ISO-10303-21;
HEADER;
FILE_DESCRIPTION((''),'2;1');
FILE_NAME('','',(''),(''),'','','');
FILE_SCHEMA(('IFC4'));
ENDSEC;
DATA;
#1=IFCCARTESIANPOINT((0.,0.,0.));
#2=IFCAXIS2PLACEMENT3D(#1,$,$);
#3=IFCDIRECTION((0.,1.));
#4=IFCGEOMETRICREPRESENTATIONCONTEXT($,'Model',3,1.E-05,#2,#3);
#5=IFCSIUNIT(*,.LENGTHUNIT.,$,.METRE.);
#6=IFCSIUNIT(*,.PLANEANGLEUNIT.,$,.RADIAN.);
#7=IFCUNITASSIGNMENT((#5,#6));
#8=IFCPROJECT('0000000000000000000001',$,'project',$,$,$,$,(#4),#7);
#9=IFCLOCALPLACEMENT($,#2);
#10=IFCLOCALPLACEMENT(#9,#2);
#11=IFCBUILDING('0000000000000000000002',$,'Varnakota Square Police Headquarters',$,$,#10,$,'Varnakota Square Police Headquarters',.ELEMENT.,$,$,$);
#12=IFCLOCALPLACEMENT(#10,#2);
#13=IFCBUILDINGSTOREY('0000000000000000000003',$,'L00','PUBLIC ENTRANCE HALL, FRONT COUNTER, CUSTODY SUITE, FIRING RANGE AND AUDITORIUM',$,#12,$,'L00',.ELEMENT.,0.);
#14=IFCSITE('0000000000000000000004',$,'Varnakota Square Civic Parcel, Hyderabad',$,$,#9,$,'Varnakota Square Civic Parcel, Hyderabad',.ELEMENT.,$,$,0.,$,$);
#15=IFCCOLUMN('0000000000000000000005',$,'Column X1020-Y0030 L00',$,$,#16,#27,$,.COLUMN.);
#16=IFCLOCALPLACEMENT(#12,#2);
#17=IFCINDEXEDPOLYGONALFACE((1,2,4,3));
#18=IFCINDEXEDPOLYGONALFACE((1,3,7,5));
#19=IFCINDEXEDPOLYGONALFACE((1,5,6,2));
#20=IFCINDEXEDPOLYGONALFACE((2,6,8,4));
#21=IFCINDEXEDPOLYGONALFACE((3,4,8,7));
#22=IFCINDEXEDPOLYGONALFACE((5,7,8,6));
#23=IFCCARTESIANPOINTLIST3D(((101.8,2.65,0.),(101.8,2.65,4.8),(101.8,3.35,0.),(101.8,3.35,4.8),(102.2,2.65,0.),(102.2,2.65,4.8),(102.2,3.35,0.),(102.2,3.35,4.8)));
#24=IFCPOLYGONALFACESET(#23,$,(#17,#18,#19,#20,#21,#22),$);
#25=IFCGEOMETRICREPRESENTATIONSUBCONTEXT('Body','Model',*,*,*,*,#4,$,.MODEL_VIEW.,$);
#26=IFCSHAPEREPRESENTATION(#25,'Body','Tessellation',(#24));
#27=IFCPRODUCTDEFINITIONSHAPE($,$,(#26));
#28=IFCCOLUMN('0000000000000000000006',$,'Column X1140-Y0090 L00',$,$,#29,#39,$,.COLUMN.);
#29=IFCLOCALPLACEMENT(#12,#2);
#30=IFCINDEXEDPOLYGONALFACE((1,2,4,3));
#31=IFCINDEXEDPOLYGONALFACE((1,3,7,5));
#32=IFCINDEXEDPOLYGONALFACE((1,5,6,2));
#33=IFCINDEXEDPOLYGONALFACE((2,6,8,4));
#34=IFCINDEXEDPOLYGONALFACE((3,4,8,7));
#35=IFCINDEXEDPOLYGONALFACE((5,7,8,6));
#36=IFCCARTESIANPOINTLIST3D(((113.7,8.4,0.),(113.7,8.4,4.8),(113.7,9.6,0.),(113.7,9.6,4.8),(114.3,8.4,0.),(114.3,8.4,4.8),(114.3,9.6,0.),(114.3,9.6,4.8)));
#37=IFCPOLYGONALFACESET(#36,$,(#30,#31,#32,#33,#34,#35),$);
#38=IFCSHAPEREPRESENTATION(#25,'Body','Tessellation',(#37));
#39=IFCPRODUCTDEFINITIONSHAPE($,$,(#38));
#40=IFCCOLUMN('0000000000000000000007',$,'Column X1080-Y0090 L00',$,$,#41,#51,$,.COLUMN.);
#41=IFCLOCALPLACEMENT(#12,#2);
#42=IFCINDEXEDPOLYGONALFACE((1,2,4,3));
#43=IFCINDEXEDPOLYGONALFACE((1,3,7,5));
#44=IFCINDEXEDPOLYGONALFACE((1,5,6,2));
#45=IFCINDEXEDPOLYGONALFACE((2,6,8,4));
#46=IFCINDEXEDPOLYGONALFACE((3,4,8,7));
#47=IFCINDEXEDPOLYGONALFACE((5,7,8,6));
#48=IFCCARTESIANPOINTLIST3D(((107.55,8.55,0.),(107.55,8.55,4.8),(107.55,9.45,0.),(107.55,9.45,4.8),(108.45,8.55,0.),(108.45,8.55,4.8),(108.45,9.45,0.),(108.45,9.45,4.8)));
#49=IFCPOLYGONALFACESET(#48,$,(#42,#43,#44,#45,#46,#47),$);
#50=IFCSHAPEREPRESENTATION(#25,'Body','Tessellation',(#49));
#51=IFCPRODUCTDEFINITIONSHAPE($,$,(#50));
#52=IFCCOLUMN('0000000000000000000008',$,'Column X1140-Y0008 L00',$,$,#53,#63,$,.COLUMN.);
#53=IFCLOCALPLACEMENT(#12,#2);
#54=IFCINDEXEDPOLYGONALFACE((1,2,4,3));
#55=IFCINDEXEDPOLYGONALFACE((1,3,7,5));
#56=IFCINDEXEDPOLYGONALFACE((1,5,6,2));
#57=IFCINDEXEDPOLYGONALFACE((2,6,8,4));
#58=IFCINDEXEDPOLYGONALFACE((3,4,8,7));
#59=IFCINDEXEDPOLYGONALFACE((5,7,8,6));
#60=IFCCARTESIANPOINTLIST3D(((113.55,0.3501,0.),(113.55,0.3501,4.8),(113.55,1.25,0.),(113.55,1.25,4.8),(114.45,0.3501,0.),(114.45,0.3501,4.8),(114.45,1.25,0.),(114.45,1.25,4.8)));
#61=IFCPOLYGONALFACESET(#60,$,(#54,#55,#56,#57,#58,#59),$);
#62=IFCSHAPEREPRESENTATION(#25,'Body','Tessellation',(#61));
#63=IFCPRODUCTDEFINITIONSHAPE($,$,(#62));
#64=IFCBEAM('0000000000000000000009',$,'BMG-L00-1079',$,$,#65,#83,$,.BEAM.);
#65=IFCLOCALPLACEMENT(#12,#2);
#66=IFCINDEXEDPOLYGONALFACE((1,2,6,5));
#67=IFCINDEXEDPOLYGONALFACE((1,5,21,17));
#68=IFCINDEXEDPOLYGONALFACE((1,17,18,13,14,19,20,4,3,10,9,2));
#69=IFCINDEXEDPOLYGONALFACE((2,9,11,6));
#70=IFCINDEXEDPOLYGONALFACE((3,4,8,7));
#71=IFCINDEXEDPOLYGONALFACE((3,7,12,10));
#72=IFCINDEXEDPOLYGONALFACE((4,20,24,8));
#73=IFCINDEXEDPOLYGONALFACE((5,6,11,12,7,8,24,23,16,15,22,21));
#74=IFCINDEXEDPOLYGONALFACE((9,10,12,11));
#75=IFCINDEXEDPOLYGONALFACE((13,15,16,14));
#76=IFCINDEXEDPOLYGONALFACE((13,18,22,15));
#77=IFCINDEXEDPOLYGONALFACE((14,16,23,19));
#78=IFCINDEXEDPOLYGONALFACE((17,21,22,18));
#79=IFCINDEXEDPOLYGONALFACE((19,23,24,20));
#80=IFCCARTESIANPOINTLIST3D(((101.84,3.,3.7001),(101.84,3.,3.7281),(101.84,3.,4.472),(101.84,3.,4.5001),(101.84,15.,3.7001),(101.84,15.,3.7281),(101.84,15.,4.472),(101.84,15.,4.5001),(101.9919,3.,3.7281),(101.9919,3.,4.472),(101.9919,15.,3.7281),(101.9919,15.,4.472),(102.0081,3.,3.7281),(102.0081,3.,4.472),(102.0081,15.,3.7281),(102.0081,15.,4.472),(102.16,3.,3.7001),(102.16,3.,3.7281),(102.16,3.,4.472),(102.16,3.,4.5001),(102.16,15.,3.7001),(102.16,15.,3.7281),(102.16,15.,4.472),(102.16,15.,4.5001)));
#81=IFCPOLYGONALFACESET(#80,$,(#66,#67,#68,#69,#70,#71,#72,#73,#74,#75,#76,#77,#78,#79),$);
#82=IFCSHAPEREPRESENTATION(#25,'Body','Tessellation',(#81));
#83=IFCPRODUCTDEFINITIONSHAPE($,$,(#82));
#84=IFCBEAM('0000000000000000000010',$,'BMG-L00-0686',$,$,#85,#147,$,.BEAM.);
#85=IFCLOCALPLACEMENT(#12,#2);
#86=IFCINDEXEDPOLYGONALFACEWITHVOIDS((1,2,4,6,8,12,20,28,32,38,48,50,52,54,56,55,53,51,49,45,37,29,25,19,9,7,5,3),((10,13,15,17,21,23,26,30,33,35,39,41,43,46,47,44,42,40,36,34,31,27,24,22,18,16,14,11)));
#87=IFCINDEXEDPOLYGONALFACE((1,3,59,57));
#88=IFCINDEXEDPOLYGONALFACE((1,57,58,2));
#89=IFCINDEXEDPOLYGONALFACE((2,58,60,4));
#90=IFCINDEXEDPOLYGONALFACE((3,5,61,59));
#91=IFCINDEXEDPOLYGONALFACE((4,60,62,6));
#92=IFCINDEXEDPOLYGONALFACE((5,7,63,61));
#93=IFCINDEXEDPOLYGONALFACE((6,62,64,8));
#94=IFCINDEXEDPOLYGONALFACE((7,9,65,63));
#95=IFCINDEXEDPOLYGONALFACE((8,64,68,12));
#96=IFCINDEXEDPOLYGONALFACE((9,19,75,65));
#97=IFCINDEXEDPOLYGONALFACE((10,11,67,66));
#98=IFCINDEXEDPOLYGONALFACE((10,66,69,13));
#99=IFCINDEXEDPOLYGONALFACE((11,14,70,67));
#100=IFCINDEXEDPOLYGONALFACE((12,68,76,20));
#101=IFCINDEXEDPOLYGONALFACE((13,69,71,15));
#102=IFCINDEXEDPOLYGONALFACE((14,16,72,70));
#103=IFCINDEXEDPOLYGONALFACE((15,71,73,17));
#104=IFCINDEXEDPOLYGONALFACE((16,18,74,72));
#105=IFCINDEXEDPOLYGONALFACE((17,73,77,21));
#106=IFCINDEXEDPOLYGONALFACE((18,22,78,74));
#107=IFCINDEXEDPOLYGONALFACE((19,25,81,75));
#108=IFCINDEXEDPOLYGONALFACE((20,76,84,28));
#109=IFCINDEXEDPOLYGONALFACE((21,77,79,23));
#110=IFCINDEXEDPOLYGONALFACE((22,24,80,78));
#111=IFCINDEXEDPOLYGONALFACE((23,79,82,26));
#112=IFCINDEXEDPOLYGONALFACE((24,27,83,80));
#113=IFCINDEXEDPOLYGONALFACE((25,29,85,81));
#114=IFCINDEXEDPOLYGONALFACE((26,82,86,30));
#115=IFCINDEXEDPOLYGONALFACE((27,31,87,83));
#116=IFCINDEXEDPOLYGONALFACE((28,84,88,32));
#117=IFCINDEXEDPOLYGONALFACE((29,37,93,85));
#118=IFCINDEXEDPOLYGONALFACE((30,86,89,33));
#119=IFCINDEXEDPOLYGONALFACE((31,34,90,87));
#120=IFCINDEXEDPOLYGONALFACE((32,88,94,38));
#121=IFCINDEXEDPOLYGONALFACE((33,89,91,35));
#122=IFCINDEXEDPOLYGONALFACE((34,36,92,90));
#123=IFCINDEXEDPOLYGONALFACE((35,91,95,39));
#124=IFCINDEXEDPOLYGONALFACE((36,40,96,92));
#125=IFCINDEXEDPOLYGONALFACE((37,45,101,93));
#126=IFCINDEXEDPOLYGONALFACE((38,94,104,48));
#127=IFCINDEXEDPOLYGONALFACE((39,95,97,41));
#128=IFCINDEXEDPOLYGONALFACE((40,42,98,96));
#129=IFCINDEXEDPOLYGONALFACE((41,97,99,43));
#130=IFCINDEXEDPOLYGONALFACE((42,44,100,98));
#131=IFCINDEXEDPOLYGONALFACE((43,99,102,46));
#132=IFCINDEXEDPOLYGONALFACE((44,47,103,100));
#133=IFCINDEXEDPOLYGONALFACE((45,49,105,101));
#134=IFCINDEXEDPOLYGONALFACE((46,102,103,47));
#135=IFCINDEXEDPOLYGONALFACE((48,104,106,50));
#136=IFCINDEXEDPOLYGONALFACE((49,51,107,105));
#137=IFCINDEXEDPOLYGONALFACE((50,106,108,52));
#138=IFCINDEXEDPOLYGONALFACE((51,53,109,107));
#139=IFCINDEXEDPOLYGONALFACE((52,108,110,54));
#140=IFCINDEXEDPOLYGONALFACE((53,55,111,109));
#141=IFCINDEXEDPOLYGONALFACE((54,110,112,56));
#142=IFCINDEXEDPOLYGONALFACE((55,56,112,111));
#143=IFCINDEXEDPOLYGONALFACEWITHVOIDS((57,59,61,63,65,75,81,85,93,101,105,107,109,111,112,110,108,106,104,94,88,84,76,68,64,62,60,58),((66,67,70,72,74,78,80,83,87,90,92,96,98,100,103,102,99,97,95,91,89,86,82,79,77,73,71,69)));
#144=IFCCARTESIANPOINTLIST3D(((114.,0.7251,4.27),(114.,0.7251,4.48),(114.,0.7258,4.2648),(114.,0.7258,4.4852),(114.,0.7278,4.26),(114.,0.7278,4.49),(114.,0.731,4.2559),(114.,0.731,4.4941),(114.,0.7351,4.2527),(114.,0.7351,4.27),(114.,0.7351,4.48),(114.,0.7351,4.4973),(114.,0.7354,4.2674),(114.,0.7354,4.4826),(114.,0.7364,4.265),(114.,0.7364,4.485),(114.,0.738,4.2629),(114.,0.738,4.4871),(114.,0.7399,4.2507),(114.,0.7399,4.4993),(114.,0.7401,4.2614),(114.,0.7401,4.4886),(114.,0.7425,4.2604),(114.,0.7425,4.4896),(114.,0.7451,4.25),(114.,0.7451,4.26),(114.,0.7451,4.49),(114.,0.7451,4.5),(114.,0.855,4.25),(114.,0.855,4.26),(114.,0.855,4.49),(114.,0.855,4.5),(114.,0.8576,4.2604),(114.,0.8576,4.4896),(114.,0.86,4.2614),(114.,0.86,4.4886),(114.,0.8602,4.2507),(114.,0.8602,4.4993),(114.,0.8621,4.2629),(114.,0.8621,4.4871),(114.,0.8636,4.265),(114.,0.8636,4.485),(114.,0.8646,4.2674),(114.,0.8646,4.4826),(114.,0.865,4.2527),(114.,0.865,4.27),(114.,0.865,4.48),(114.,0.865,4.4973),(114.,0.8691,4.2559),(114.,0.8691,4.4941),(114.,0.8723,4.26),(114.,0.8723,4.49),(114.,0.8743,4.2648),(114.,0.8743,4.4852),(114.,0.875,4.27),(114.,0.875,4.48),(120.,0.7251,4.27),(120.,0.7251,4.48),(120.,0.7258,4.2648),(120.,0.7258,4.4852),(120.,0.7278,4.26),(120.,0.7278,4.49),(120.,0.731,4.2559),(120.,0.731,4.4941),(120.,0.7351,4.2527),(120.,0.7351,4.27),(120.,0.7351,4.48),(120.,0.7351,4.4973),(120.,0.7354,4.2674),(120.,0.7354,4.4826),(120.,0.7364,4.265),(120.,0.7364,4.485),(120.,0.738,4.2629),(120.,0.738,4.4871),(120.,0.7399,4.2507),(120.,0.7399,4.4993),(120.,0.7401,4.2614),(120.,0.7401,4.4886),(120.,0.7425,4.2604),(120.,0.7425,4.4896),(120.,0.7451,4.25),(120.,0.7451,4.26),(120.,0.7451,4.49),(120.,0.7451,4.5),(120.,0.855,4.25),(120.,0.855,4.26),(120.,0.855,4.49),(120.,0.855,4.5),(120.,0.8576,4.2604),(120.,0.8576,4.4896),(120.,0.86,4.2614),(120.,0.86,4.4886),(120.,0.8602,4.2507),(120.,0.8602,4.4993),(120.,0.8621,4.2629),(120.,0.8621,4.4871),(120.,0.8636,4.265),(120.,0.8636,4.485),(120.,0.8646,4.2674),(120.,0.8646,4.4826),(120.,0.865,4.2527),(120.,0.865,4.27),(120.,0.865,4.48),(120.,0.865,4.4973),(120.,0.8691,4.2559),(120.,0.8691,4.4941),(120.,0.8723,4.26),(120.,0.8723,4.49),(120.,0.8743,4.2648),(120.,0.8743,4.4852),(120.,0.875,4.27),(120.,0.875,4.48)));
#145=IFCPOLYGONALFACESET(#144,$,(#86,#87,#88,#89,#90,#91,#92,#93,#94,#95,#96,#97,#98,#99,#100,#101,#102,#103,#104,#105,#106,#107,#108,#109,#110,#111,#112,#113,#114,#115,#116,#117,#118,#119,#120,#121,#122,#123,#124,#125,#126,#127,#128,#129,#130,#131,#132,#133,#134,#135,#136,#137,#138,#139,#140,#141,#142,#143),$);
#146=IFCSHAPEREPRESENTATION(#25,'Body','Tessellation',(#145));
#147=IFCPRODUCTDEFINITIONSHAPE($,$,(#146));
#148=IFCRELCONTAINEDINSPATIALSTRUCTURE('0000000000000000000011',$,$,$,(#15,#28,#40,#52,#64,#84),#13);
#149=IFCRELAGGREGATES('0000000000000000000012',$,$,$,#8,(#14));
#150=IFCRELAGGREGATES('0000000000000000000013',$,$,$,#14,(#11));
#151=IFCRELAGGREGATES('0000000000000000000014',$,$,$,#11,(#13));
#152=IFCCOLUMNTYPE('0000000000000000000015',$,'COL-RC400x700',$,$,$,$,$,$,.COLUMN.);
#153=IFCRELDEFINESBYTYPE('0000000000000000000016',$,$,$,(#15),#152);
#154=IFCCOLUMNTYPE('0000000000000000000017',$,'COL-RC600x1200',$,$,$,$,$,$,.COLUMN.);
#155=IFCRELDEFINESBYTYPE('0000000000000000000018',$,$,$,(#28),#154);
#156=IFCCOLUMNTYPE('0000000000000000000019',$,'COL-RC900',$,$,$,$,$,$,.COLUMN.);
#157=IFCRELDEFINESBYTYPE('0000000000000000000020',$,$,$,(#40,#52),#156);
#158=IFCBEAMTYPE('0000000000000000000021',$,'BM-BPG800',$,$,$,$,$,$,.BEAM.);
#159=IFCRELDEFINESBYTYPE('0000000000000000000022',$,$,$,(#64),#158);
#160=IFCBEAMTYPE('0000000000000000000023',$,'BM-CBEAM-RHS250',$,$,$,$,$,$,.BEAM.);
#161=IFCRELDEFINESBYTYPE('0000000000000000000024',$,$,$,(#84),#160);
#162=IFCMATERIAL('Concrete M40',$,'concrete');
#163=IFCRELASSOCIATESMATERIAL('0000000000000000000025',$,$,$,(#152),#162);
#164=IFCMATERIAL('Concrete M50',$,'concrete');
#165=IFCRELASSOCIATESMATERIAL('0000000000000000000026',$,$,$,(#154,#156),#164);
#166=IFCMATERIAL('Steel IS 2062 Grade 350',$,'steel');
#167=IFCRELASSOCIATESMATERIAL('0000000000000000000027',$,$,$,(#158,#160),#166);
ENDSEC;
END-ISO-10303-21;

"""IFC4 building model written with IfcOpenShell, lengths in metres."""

from ifc_helpers import new_model, si_unit, direction, frame, origin, origin_2d, place, context, subcontext, project, spatial, rectangle, hollow_rectangle, i_section, extrude, material, material_profile, profile_set, type_object, element, save


model = new_model("IFC4")

# Units and contexts
model_context = context("Model", 3, precision=1e-05, world=origin(), true_north=direction((0.0, 1.0)))
body_context = subcontext(model_context, "Body", "Model", "MODEL_VIEW")
ifc_project = project(units=[si_unit("LENGTHUNIT", "METRE"), si_unit("PLANEANGLEUNIT", "RADIAN")], contexts=[model_context])

# Site, building, storey
site_placement = place(None, origin())
site = spatial("IfcSite", under=ifc_project, at=site_placement, Name="Varnakota Square Civic Parcel, Hyderabad", LongName="Varnakota Square Civic Parcel, Hyderabad", CompositionType="ELEMENT", RefElevation=0.0)
building_placement = place(site_placement, origin())
building = spatial("IfcBuilding", under=site, at=building_placement, Name="Varnakota Square Police Headquarters", LongName="Varnakota Square Police Headquarters", CompositionType="ELEMENT")
storey_placement = place(building_placement, origin())
storey = spatial("IfcBuildingStorey", under=building, at=storey_placement, Name="L00", Description="PUBLIC ENTRANCE HALL, FRONT COUNTER, CUSTODY SUITE, FIRING RANGE AND AUDITORIUM", LongName="L00", CompositionType="ELEMENT", Elevation=0.0)

# Columns
ifc_material_1 = material(Name="Concrete M40", Category="concrete")
ifc_material_profile_1 = material_profile(ifc_material_1, rectangle(XDim=0.3999, YDim=0.7, at=origin_2d()), Name="RC 400x700")
ifc_profile_set_1 = profile_set([ifc_material_profile_1], Name="Concrete M40")
column_type_1 = type_object("IfcColumnType", Name="COL-RC400x700", PredefinedType="COLUMN", material=ifc_profile_set_1)
column_1_placement = place(storey_placement, frame((102.0, 3.0, 0.0), z_axis=(0.0, 0.0, 1.0), x_axis=(1.0, 0.0, 0.0)))
element("IfcColumn", 1, at=column_1_placement, inside=storey, type_object=column_type_1, Name="Column X1020-Y0030 L00", PredefinedType="COLUMN", context=body_context, shape_type="SweptSolid", body=[
    extrude(rectangle(XDim=0.3999, YDim=0.7, at=origin_2d()), origin(), (0.0, 0.0, 1.0), 4.8),
])
ifc_material_2 = material(Name="Concrete M50", Category="concrete")
ifc_material_profile_2 = material_profile(ifc_material_2, rectangle(XDim=0.6001, YDim=1.2, at=origin_2d()), Name="RC 600x1200")
ifc_profile_set_2 = profile_set([ifc_material_profile_2], Name="Concrete M50")
column_type_2 = type_object("IfcColumnType", Name="COL-RC600x1200", PredefinedType="COLUMN", material=ifc_profile_set_2)
column_2_placement = place(storey_placement, frame((114.0, 9.0, 0.0), z_axis=(0.0, 0.0, 1.0), x_axis=(1.0, 0.0, 0.0)))
element("IfcColumn", 2, at=column_2_placement, inside=storey, type_object=column_type_2, Name="Column X1140-Y0090 L00", PredefinedType="COLUMN", context=body_context, shape_type="SweptSolid", body=[
    extrude(rectangle(XDim=0.6001, YDim=1.2, at=origin_2d()), origin(), (0.0, 0.0, 1.0), 4.8),
])
ifc_material_profile_3 = material_profile(ifc_material_2, rectangle(XDim=0.8999, YDim=0.8999, at=origin_2d()), Name="RC 900x900")
ifc_profile_set_3 = profile_set([ifc_material_profile_3], Name="Concrete M50")
column_type_3 = type_object("IfcColumnType", Name="COL-RC900", PredefinedType="COLUMN", material=ifc_profile_set_3)
for number, where, z_axis, x_axis, name in (
    (3, (108.0, 9.0, 0.0), (0.0, 0.0, 1.0), (1.0, 0.0, 0.0), "Column X1080-Y0090 L00"),
    (4, (114.0, 0.8, 0.0), (0.0, 0.0, 1.0), (1.0, 0.0, 0.0), "Column X1140-Y0008 L00"),
):
    element("IfcColumn", number, at=place(storey_placement, frame(where, z_axis=z_axis, x_axis=x_axis)), inside=storey, type_object=column_type_3, Name=name, PredefinedType="COLUMN", context=body_context, shape_type="SweptSolid", body=[
        extrude(rectangle(XDim=0.8999, YDim=0.8999, at=origin_2d()), origin(), (0.0, 0.0, 1.0), 4.8),
    ])

# Beams
ifc_material_3 = material(Name="Steel IS 2062 Grade 350", Category="steel")
ifc_material_profile_4 = material_profile(ifc_material_3, i_section(OverallWidth=0.3201, OverallDepth=0.8, WebThickness=0.0161, FlangeThickness=0.0281, at=origin_2d()), Name="BPG 800x320")
ifc_profile_set_4 = profile_set([ifc_material_profile_4], Name="Steel IS 2062 Grade 350")
beam_type_1 = type_object("IfcBeamType", Name="BM-BPG800", PredefinedType="BEAM", material=ifc_profile_set_4)
beam_1_placement = place(storey_placement, frame((102.0, 3.0, 4.1001), z_axis=(0.0, 1.0, 0.0), x_axis=(-1.0, 0.0, 0.0)))
element("IfcBeam", 5, at=beam_1_placement, inside=storey, type_object=beam_type_1, Name="BMG-L00-1079", PredefinedType="BEAM", context=body_context, shape_type="SweptSolid", body=[
    extrude(i_section(OverallWidth=0.3201, OverallDepth=0.8, WebThickness=0.0161, FlangeThickness=0.0281, at=origin_2d()), origin(), (0.0, 0.0, 1.0), 12.0),
])
ifc_material_profile_5 = material_profile(ifc_material_3, hollow_rectangle(XDim=0.1499, YDim=0.25, WallThickness=0.01, InnerFilletRadius=0.01, OuterFilletRadius=0.02, at=origin_2d()), Name="RHS 250x150x10")
ifc_profile_set_5 = profile_set([ifc_material_profile_5], Name="Steel IS 2062 Grade 350")
beam_type_2 = type_object("IfcBeamType", Name="BM-CBEAM-RHS250", PredefinedType="BEAM", material=ifc_profile_set_5)
beam_2_placement = place(storey_placement, frame((114.0, 0.8, 4.375), z_axis=(1.0, 0.0, 0.0), x_axis=(0.0, 1.0, 0.0)))
element("IfcBeam", 6, at=beam_2_placement, inside=storey, type_object=beam_type_2, Name="BMG-L00-0686", PredefinedType="BEAM", context=body_context, shape_type="SweptSolid", body=[
    extrude(hollow_rectangle(XDim=0.1499, YDim=0.25, WallThickness=0.01, InnerFilletRadius=0.01, OuterFilletRadius=0.02, at=origin_2d()), origin(), (0.0, 0.0, 1.0), 6.0),
])

save(model, "model.ifc")
